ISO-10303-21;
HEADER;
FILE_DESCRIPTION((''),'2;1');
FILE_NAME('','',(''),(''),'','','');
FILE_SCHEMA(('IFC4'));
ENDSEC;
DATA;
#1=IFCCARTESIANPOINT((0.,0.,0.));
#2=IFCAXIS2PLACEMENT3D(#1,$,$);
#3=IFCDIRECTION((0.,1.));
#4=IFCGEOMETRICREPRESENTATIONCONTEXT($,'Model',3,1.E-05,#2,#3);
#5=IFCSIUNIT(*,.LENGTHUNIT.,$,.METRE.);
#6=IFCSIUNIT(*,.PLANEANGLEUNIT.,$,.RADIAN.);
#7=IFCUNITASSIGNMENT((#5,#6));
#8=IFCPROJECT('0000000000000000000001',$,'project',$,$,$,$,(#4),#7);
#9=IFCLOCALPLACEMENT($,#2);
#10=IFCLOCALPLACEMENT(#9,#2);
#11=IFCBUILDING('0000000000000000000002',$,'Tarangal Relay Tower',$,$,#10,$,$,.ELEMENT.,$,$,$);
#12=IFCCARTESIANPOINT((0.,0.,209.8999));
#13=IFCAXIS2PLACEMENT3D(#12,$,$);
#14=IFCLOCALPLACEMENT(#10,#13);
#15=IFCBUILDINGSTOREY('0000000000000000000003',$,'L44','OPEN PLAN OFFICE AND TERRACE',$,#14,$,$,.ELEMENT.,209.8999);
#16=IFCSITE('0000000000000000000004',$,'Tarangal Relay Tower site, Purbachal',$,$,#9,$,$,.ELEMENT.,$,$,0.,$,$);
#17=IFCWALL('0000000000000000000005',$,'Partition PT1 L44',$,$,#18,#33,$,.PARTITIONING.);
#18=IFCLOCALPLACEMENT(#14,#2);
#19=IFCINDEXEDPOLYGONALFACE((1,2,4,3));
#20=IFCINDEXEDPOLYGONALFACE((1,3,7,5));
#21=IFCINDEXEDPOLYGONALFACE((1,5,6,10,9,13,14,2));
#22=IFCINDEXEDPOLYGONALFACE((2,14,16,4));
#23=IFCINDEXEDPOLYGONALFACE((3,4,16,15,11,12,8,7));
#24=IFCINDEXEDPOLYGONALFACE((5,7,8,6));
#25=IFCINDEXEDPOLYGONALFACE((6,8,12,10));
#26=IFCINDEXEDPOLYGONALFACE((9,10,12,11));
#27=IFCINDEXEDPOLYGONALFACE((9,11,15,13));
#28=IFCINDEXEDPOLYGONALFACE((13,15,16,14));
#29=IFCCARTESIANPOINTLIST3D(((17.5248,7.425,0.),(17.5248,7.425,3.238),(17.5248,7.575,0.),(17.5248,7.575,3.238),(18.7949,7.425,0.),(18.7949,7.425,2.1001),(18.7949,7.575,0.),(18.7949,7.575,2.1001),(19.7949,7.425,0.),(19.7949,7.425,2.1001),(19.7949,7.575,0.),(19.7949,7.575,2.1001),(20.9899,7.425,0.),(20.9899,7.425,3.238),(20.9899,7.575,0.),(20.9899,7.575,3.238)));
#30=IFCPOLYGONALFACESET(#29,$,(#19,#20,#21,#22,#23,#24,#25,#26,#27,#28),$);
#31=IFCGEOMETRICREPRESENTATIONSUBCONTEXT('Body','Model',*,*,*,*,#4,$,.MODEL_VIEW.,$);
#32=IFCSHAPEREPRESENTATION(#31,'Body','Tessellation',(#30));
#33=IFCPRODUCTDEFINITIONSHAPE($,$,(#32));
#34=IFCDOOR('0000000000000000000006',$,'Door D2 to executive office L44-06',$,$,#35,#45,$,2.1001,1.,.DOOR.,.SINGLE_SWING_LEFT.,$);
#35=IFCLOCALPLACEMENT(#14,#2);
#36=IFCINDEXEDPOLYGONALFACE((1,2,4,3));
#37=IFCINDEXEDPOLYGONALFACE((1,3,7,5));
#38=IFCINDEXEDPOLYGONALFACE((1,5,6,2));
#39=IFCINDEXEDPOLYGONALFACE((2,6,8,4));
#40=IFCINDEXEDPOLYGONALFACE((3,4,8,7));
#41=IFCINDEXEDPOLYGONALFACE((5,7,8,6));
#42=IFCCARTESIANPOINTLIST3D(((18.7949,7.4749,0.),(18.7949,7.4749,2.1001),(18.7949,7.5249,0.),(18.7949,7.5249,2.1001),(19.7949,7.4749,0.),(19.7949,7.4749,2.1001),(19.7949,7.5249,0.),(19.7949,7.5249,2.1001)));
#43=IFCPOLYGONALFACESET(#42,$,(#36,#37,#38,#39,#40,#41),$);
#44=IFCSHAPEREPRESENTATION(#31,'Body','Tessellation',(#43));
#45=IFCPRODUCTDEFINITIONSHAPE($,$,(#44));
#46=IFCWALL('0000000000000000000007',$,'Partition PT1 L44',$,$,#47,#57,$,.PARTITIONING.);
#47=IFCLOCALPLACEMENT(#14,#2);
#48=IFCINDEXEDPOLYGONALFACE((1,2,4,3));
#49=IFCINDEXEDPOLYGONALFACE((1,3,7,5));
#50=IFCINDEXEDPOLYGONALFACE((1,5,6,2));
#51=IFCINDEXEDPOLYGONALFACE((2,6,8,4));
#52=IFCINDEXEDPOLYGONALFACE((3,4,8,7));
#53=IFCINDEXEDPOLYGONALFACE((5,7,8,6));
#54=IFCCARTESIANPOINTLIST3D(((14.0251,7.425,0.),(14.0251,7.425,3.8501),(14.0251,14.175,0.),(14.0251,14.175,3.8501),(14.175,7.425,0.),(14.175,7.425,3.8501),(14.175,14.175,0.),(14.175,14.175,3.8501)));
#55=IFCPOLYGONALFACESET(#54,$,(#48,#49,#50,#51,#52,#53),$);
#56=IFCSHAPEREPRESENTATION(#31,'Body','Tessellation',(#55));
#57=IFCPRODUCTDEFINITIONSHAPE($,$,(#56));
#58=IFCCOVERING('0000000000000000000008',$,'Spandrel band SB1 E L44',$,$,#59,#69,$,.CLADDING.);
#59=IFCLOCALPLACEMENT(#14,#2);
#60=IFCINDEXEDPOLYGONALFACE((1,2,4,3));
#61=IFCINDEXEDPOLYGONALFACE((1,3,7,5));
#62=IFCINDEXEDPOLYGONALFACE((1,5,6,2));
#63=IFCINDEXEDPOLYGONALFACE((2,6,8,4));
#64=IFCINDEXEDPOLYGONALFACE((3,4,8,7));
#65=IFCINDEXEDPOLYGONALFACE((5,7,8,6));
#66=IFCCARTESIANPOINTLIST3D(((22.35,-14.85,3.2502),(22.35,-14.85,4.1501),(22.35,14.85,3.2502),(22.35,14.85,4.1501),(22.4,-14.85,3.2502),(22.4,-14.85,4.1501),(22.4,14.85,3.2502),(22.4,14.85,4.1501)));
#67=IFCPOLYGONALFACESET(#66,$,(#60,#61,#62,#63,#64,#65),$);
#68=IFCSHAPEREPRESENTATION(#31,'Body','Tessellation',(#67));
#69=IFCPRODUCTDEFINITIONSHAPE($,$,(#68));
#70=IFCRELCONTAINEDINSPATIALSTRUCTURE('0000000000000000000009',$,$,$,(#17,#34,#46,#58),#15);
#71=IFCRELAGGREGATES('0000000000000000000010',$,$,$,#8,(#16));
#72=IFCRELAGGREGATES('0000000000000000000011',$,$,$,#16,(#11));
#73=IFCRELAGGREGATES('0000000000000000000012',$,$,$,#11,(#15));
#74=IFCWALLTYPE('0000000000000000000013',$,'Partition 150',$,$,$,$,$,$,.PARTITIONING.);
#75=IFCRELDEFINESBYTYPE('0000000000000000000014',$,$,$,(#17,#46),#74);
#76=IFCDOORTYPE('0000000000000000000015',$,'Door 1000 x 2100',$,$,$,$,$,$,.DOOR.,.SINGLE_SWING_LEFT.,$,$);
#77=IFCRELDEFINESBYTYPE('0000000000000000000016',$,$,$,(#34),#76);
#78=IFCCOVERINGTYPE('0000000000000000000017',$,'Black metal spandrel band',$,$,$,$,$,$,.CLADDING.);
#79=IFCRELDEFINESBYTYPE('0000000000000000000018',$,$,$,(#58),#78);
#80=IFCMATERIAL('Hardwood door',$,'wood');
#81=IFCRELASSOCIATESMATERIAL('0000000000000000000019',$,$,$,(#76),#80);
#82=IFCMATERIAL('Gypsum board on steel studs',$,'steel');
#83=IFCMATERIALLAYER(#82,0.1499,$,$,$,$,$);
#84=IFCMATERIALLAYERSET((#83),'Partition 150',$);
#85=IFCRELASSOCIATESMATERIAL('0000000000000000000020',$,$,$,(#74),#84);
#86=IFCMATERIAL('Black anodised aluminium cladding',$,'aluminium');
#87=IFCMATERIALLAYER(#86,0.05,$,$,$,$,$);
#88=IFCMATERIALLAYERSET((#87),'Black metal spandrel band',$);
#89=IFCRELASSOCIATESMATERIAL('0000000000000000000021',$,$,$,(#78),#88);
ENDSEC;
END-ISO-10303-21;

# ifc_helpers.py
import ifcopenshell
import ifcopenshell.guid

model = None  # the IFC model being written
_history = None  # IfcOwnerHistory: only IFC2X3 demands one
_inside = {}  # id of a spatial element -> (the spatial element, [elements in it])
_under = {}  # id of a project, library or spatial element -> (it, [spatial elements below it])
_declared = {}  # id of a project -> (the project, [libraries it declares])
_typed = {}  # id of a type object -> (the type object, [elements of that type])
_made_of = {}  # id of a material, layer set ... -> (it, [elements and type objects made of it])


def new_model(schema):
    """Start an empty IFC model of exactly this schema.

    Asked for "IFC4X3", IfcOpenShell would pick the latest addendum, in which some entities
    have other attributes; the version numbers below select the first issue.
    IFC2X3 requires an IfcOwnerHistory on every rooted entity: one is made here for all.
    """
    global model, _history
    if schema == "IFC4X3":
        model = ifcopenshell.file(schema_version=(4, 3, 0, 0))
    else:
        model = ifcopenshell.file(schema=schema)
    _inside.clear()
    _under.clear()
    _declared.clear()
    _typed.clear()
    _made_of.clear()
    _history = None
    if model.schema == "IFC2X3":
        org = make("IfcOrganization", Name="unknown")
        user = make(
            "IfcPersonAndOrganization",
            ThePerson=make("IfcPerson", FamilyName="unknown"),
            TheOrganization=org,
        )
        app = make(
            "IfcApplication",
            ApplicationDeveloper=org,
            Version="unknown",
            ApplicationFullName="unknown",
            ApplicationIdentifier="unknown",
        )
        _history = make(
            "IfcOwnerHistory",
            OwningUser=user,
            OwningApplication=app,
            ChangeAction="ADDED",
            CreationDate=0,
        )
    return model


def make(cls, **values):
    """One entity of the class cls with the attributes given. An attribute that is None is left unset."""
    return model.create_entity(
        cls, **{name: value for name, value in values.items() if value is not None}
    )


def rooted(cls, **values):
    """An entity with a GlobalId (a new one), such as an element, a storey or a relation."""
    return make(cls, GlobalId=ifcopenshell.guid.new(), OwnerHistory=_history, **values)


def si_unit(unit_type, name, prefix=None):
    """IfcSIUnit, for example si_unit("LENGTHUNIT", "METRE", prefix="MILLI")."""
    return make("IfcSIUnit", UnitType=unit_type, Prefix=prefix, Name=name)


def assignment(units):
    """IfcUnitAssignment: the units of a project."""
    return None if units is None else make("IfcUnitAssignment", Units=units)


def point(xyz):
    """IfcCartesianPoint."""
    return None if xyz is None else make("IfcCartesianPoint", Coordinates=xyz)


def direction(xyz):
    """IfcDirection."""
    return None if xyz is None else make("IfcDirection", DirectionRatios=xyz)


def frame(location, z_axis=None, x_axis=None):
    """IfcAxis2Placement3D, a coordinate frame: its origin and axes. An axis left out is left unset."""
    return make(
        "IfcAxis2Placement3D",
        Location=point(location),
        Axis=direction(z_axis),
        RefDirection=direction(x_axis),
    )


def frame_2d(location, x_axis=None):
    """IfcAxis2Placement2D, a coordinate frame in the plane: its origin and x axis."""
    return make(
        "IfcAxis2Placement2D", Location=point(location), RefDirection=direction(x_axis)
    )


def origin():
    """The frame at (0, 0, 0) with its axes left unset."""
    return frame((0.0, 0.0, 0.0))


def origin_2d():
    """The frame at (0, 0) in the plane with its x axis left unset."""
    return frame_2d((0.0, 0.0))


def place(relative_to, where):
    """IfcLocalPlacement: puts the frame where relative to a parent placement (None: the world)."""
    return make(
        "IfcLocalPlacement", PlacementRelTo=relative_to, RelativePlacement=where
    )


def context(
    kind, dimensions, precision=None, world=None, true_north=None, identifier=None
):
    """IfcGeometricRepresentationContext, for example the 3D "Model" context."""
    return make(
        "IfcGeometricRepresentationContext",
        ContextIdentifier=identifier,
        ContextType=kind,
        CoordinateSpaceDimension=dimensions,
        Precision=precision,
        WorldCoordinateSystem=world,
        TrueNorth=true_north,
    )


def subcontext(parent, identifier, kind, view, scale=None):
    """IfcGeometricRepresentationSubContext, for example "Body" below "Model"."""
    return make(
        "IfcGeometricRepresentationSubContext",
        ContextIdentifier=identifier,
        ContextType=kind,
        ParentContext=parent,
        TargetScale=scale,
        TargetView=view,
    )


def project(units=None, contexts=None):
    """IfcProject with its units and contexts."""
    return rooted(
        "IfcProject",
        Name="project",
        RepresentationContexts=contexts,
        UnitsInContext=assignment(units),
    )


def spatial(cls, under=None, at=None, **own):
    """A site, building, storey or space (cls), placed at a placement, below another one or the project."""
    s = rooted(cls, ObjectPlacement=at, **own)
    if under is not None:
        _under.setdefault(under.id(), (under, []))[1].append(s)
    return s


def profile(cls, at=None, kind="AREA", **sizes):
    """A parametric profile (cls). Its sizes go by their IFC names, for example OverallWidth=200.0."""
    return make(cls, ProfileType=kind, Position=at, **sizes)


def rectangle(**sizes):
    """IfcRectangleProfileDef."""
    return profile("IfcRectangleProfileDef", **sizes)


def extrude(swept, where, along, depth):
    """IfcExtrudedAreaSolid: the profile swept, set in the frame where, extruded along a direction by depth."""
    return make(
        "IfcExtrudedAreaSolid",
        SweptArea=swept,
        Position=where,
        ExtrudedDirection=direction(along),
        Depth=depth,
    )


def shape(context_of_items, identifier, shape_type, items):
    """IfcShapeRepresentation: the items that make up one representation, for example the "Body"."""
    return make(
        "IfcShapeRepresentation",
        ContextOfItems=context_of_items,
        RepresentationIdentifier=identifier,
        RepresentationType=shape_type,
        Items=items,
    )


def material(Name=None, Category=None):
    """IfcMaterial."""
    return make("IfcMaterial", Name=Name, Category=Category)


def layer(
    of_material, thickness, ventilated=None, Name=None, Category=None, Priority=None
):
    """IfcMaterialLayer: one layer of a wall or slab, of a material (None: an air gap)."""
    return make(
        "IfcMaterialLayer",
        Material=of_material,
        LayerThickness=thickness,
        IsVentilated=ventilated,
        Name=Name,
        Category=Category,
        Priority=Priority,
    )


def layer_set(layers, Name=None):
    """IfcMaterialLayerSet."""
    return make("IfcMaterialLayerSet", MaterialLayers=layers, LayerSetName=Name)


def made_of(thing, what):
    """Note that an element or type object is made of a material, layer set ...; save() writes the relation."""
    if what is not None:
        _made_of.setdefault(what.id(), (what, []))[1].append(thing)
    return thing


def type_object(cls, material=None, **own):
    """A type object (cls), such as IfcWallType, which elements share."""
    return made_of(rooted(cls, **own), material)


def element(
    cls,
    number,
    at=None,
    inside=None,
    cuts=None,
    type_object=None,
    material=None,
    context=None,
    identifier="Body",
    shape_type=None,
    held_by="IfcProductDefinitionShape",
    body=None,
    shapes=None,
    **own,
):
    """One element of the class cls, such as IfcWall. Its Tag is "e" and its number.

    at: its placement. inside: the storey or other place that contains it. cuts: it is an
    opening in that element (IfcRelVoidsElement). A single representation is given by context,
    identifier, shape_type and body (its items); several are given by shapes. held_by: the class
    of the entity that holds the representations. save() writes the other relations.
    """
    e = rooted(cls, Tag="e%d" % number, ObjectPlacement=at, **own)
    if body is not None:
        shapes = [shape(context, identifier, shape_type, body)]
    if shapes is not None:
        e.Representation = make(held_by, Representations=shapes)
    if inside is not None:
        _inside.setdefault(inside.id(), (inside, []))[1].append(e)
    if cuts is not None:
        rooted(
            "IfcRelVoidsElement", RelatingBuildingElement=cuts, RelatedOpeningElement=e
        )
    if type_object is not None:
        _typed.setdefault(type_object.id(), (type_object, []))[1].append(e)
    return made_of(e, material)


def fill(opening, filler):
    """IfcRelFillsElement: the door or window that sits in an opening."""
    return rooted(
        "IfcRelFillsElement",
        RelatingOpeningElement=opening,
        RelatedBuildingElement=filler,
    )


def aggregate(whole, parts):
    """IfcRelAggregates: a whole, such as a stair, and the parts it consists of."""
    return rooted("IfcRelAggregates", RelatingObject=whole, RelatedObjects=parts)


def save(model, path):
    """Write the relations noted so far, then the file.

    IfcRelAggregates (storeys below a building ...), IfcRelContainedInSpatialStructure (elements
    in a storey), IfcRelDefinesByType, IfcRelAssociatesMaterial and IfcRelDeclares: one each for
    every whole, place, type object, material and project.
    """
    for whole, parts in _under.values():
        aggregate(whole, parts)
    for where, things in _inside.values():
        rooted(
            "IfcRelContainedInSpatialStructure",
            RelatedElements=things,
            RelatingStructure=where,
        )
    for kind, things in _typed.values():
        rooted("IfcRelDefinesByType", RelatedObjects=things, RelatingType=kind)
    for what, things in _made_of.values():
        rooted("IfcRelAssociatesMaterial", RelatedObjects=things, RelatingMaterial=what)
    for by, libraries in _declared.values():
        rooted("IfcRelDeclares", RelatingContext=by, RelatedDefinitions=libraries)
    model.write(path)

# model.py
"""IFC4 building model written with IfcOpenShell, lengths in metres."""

from ifc_helpers import new_model, si_unit, direction, frame, frame_2d, origin, origin_2d, place, context, subcontext, project, spatial, rectangle, extrude, material, layer, layer_set, type_object, element, fill, save


model = new_model("IFC4")

# Units and contexts
model_context = context("Model", 3, precision=1e-05, world=origin(), true_north=direction((0.0, 1.0)))
body_context = subcontext(model_context, "Body", "Model", "MODEL_VIEW")
ifc_project = project(units=[si_unit("LENGTHUNIT", "METRE"), si_unit("PLANEANGLEUNIT", "RADIAN")], contexts=[model_context])

# Site, building, storey
site_placement = place(None, origin())
site = spatial("IfcSite", under=ifc_project, at=site_placement, Name="Tarangal Relay Tower site, Purbachal", CompositionType="ELEMENT", RefElevation=0.0)
building_placement = place(site_placement, origin())
building = spatial("IfcBuilding", under=site, at=building_placement, Name="Tarangal Relay Tower", CompositionType="ELEMENT")
storey_placement = place(building_placement, frame((0.0, 0.0, 209.8999)))
storey = spatial("IfcBuildingStorey", under=building, at=storey_placement, Name="L44", Description="OPEN PLAN OFFICE AND TERRACE", CompositionType="ELEMENT", Elevation=209.8999)

# Shared definitions
ifc_material_1 = material(Name="Hardwood door", Category="wood")
door_type = type_object("IfcDoorType", Name="Door 1000 x 2100", OperationType="SINGLE_SWING_LEFT", PredefinedType="DOOR", material=ifc_material_1)

# Wall, opening, door
ifc_material_2 = material(Name="Gypsum board on steel studs", Category="steel")
ifc_layer_1 = layer(ifc_material_2, 0.1499)
ifc_layer_set_1 = layer_set([ifc_layer_1], Name="Partition 150")
wall_type_1 = type_object("IfcWallType", Name="Partition 150", PredefinedType="PARTITIONING", material=ifc_layer_set_1)
wall_1_placement = place(storey_placement, frame((17.5249, 7.5, 0.0), z_axis=(0.0, 0.0, 1.0), x_axis=(1.0, 0.0, 0.0)))
wall_1 = element("IfcWall", 1, at=wall_1_placement, inside=storey, type_object=wall_type_1, Name="Partition PT1 L44", PredefinedType="PARTITIONING", context=body_context, shape_type="SweptSolid", body=[
    extrude(rectangle(XDim=3.4651, YDim=0.1499, at=frame_2d((1.7324, 0.0))), origin(), (0.0, 0.0, 1.0), 3.238),
])
opening_1_placement = place(wall_1_placement, frame((1.27, 0.0, 0.0)))
opening_1 = element("IfcOpeningElement", 2, at=opening_1_placement, cuts=wall_1, PredefinedType="OPENING", context=body_context, shape_type="SweptSolid", body=[
    extrude(rectangle(XDim=1.0, YDim=2.1001, at=frame_2d((0.5, 1.05))), frame((0.0, 0.085, 0.0), z_axis=(0.0, -1.0, 0.0), x_axis=(1.0, 0.0, 0.0)), (0.0, 0.0, 1.0), 0.1699),
])
door_1_placement = place(opening_1_placement, origin())
door_1 = element("IfcDoor", 3, at=door_1_placement, inside=storey, type_object=door_type, Name="Door D2 to executive office L44-06", OperationType="SINGLE_SWING_LEFT", OverallHeight=2.1001, OverallWidth=1.0, PredefinedType="DOOR", context=body_context, shape_type="SweptSolid", body=[
    extrude(rectangle(XDim=1.0, YDim=2.1001, at=frame_2d((0.5, 1.05))), frame((0.0, 0.0249, 0.0), z_axis=(0.0, -1.0, 0.0), x_axis=(1.0, 0.0, 0.0)), (0.0, 0.0, 1.0), 0.05),
])
fill(opening_1, door_1)

# Wall
wall_2_placement = place(storey_placement, frame((14.1001, 7.425, 0.0), z_axis=(0.0, 0.0, 1.0), x_axis=(0.0, 1.0, 0.0)))
element("IfcWall", 4, at=wall_2_placement, inside=storey, type_object=wall_type_1, Name="Partition PT1 L44", PredefinedType="PARTITIONING", context=body_context, shape_type="SweptSolid", body=[
    extrude(rectangle(XDim=6.75, YDim=0.1499, at=frame_2d((3.375, 0.0))), origin(), (0.0, 0.0, 1.0), 3.8501),
])

# Covering
ifc_material_3 = material(Name="Black anodised aluminium cladding", Category="aluminium")
ifc_layer_2 = layer(ifc_material_3, 0.05)
ifc_layer_set_2 = layer_set([ifc_layer_2], Name="Black metal spandrel band")
covering_type = type_object("IfcCoveringType", Name="Black metal spandrel band", PredefinedType="CLADDING", material=ifc_layer_set_2)
covering_placement = place(storey_placement, frame((22.375, 0.0, 3.2502), z_axis=(0.0, 0.0, 1.0), x_axis=(0.0, -1.0, 0.0)))
element("IfcCovering", 5, at=covering_placement, inside=storey, type_object=covering_type, Name="Spandrel band SB1 E L44", PredefinedType="CLADDING", context=body_context, shape_type="SweptSolid", body=[
    extrude(rectangle(XDim=29.7, YDim=0.05, at=origin_2d()), origin(), (0.0, 0.0, 1.0), 0.8999),
])

save(model, "model.ifc")
